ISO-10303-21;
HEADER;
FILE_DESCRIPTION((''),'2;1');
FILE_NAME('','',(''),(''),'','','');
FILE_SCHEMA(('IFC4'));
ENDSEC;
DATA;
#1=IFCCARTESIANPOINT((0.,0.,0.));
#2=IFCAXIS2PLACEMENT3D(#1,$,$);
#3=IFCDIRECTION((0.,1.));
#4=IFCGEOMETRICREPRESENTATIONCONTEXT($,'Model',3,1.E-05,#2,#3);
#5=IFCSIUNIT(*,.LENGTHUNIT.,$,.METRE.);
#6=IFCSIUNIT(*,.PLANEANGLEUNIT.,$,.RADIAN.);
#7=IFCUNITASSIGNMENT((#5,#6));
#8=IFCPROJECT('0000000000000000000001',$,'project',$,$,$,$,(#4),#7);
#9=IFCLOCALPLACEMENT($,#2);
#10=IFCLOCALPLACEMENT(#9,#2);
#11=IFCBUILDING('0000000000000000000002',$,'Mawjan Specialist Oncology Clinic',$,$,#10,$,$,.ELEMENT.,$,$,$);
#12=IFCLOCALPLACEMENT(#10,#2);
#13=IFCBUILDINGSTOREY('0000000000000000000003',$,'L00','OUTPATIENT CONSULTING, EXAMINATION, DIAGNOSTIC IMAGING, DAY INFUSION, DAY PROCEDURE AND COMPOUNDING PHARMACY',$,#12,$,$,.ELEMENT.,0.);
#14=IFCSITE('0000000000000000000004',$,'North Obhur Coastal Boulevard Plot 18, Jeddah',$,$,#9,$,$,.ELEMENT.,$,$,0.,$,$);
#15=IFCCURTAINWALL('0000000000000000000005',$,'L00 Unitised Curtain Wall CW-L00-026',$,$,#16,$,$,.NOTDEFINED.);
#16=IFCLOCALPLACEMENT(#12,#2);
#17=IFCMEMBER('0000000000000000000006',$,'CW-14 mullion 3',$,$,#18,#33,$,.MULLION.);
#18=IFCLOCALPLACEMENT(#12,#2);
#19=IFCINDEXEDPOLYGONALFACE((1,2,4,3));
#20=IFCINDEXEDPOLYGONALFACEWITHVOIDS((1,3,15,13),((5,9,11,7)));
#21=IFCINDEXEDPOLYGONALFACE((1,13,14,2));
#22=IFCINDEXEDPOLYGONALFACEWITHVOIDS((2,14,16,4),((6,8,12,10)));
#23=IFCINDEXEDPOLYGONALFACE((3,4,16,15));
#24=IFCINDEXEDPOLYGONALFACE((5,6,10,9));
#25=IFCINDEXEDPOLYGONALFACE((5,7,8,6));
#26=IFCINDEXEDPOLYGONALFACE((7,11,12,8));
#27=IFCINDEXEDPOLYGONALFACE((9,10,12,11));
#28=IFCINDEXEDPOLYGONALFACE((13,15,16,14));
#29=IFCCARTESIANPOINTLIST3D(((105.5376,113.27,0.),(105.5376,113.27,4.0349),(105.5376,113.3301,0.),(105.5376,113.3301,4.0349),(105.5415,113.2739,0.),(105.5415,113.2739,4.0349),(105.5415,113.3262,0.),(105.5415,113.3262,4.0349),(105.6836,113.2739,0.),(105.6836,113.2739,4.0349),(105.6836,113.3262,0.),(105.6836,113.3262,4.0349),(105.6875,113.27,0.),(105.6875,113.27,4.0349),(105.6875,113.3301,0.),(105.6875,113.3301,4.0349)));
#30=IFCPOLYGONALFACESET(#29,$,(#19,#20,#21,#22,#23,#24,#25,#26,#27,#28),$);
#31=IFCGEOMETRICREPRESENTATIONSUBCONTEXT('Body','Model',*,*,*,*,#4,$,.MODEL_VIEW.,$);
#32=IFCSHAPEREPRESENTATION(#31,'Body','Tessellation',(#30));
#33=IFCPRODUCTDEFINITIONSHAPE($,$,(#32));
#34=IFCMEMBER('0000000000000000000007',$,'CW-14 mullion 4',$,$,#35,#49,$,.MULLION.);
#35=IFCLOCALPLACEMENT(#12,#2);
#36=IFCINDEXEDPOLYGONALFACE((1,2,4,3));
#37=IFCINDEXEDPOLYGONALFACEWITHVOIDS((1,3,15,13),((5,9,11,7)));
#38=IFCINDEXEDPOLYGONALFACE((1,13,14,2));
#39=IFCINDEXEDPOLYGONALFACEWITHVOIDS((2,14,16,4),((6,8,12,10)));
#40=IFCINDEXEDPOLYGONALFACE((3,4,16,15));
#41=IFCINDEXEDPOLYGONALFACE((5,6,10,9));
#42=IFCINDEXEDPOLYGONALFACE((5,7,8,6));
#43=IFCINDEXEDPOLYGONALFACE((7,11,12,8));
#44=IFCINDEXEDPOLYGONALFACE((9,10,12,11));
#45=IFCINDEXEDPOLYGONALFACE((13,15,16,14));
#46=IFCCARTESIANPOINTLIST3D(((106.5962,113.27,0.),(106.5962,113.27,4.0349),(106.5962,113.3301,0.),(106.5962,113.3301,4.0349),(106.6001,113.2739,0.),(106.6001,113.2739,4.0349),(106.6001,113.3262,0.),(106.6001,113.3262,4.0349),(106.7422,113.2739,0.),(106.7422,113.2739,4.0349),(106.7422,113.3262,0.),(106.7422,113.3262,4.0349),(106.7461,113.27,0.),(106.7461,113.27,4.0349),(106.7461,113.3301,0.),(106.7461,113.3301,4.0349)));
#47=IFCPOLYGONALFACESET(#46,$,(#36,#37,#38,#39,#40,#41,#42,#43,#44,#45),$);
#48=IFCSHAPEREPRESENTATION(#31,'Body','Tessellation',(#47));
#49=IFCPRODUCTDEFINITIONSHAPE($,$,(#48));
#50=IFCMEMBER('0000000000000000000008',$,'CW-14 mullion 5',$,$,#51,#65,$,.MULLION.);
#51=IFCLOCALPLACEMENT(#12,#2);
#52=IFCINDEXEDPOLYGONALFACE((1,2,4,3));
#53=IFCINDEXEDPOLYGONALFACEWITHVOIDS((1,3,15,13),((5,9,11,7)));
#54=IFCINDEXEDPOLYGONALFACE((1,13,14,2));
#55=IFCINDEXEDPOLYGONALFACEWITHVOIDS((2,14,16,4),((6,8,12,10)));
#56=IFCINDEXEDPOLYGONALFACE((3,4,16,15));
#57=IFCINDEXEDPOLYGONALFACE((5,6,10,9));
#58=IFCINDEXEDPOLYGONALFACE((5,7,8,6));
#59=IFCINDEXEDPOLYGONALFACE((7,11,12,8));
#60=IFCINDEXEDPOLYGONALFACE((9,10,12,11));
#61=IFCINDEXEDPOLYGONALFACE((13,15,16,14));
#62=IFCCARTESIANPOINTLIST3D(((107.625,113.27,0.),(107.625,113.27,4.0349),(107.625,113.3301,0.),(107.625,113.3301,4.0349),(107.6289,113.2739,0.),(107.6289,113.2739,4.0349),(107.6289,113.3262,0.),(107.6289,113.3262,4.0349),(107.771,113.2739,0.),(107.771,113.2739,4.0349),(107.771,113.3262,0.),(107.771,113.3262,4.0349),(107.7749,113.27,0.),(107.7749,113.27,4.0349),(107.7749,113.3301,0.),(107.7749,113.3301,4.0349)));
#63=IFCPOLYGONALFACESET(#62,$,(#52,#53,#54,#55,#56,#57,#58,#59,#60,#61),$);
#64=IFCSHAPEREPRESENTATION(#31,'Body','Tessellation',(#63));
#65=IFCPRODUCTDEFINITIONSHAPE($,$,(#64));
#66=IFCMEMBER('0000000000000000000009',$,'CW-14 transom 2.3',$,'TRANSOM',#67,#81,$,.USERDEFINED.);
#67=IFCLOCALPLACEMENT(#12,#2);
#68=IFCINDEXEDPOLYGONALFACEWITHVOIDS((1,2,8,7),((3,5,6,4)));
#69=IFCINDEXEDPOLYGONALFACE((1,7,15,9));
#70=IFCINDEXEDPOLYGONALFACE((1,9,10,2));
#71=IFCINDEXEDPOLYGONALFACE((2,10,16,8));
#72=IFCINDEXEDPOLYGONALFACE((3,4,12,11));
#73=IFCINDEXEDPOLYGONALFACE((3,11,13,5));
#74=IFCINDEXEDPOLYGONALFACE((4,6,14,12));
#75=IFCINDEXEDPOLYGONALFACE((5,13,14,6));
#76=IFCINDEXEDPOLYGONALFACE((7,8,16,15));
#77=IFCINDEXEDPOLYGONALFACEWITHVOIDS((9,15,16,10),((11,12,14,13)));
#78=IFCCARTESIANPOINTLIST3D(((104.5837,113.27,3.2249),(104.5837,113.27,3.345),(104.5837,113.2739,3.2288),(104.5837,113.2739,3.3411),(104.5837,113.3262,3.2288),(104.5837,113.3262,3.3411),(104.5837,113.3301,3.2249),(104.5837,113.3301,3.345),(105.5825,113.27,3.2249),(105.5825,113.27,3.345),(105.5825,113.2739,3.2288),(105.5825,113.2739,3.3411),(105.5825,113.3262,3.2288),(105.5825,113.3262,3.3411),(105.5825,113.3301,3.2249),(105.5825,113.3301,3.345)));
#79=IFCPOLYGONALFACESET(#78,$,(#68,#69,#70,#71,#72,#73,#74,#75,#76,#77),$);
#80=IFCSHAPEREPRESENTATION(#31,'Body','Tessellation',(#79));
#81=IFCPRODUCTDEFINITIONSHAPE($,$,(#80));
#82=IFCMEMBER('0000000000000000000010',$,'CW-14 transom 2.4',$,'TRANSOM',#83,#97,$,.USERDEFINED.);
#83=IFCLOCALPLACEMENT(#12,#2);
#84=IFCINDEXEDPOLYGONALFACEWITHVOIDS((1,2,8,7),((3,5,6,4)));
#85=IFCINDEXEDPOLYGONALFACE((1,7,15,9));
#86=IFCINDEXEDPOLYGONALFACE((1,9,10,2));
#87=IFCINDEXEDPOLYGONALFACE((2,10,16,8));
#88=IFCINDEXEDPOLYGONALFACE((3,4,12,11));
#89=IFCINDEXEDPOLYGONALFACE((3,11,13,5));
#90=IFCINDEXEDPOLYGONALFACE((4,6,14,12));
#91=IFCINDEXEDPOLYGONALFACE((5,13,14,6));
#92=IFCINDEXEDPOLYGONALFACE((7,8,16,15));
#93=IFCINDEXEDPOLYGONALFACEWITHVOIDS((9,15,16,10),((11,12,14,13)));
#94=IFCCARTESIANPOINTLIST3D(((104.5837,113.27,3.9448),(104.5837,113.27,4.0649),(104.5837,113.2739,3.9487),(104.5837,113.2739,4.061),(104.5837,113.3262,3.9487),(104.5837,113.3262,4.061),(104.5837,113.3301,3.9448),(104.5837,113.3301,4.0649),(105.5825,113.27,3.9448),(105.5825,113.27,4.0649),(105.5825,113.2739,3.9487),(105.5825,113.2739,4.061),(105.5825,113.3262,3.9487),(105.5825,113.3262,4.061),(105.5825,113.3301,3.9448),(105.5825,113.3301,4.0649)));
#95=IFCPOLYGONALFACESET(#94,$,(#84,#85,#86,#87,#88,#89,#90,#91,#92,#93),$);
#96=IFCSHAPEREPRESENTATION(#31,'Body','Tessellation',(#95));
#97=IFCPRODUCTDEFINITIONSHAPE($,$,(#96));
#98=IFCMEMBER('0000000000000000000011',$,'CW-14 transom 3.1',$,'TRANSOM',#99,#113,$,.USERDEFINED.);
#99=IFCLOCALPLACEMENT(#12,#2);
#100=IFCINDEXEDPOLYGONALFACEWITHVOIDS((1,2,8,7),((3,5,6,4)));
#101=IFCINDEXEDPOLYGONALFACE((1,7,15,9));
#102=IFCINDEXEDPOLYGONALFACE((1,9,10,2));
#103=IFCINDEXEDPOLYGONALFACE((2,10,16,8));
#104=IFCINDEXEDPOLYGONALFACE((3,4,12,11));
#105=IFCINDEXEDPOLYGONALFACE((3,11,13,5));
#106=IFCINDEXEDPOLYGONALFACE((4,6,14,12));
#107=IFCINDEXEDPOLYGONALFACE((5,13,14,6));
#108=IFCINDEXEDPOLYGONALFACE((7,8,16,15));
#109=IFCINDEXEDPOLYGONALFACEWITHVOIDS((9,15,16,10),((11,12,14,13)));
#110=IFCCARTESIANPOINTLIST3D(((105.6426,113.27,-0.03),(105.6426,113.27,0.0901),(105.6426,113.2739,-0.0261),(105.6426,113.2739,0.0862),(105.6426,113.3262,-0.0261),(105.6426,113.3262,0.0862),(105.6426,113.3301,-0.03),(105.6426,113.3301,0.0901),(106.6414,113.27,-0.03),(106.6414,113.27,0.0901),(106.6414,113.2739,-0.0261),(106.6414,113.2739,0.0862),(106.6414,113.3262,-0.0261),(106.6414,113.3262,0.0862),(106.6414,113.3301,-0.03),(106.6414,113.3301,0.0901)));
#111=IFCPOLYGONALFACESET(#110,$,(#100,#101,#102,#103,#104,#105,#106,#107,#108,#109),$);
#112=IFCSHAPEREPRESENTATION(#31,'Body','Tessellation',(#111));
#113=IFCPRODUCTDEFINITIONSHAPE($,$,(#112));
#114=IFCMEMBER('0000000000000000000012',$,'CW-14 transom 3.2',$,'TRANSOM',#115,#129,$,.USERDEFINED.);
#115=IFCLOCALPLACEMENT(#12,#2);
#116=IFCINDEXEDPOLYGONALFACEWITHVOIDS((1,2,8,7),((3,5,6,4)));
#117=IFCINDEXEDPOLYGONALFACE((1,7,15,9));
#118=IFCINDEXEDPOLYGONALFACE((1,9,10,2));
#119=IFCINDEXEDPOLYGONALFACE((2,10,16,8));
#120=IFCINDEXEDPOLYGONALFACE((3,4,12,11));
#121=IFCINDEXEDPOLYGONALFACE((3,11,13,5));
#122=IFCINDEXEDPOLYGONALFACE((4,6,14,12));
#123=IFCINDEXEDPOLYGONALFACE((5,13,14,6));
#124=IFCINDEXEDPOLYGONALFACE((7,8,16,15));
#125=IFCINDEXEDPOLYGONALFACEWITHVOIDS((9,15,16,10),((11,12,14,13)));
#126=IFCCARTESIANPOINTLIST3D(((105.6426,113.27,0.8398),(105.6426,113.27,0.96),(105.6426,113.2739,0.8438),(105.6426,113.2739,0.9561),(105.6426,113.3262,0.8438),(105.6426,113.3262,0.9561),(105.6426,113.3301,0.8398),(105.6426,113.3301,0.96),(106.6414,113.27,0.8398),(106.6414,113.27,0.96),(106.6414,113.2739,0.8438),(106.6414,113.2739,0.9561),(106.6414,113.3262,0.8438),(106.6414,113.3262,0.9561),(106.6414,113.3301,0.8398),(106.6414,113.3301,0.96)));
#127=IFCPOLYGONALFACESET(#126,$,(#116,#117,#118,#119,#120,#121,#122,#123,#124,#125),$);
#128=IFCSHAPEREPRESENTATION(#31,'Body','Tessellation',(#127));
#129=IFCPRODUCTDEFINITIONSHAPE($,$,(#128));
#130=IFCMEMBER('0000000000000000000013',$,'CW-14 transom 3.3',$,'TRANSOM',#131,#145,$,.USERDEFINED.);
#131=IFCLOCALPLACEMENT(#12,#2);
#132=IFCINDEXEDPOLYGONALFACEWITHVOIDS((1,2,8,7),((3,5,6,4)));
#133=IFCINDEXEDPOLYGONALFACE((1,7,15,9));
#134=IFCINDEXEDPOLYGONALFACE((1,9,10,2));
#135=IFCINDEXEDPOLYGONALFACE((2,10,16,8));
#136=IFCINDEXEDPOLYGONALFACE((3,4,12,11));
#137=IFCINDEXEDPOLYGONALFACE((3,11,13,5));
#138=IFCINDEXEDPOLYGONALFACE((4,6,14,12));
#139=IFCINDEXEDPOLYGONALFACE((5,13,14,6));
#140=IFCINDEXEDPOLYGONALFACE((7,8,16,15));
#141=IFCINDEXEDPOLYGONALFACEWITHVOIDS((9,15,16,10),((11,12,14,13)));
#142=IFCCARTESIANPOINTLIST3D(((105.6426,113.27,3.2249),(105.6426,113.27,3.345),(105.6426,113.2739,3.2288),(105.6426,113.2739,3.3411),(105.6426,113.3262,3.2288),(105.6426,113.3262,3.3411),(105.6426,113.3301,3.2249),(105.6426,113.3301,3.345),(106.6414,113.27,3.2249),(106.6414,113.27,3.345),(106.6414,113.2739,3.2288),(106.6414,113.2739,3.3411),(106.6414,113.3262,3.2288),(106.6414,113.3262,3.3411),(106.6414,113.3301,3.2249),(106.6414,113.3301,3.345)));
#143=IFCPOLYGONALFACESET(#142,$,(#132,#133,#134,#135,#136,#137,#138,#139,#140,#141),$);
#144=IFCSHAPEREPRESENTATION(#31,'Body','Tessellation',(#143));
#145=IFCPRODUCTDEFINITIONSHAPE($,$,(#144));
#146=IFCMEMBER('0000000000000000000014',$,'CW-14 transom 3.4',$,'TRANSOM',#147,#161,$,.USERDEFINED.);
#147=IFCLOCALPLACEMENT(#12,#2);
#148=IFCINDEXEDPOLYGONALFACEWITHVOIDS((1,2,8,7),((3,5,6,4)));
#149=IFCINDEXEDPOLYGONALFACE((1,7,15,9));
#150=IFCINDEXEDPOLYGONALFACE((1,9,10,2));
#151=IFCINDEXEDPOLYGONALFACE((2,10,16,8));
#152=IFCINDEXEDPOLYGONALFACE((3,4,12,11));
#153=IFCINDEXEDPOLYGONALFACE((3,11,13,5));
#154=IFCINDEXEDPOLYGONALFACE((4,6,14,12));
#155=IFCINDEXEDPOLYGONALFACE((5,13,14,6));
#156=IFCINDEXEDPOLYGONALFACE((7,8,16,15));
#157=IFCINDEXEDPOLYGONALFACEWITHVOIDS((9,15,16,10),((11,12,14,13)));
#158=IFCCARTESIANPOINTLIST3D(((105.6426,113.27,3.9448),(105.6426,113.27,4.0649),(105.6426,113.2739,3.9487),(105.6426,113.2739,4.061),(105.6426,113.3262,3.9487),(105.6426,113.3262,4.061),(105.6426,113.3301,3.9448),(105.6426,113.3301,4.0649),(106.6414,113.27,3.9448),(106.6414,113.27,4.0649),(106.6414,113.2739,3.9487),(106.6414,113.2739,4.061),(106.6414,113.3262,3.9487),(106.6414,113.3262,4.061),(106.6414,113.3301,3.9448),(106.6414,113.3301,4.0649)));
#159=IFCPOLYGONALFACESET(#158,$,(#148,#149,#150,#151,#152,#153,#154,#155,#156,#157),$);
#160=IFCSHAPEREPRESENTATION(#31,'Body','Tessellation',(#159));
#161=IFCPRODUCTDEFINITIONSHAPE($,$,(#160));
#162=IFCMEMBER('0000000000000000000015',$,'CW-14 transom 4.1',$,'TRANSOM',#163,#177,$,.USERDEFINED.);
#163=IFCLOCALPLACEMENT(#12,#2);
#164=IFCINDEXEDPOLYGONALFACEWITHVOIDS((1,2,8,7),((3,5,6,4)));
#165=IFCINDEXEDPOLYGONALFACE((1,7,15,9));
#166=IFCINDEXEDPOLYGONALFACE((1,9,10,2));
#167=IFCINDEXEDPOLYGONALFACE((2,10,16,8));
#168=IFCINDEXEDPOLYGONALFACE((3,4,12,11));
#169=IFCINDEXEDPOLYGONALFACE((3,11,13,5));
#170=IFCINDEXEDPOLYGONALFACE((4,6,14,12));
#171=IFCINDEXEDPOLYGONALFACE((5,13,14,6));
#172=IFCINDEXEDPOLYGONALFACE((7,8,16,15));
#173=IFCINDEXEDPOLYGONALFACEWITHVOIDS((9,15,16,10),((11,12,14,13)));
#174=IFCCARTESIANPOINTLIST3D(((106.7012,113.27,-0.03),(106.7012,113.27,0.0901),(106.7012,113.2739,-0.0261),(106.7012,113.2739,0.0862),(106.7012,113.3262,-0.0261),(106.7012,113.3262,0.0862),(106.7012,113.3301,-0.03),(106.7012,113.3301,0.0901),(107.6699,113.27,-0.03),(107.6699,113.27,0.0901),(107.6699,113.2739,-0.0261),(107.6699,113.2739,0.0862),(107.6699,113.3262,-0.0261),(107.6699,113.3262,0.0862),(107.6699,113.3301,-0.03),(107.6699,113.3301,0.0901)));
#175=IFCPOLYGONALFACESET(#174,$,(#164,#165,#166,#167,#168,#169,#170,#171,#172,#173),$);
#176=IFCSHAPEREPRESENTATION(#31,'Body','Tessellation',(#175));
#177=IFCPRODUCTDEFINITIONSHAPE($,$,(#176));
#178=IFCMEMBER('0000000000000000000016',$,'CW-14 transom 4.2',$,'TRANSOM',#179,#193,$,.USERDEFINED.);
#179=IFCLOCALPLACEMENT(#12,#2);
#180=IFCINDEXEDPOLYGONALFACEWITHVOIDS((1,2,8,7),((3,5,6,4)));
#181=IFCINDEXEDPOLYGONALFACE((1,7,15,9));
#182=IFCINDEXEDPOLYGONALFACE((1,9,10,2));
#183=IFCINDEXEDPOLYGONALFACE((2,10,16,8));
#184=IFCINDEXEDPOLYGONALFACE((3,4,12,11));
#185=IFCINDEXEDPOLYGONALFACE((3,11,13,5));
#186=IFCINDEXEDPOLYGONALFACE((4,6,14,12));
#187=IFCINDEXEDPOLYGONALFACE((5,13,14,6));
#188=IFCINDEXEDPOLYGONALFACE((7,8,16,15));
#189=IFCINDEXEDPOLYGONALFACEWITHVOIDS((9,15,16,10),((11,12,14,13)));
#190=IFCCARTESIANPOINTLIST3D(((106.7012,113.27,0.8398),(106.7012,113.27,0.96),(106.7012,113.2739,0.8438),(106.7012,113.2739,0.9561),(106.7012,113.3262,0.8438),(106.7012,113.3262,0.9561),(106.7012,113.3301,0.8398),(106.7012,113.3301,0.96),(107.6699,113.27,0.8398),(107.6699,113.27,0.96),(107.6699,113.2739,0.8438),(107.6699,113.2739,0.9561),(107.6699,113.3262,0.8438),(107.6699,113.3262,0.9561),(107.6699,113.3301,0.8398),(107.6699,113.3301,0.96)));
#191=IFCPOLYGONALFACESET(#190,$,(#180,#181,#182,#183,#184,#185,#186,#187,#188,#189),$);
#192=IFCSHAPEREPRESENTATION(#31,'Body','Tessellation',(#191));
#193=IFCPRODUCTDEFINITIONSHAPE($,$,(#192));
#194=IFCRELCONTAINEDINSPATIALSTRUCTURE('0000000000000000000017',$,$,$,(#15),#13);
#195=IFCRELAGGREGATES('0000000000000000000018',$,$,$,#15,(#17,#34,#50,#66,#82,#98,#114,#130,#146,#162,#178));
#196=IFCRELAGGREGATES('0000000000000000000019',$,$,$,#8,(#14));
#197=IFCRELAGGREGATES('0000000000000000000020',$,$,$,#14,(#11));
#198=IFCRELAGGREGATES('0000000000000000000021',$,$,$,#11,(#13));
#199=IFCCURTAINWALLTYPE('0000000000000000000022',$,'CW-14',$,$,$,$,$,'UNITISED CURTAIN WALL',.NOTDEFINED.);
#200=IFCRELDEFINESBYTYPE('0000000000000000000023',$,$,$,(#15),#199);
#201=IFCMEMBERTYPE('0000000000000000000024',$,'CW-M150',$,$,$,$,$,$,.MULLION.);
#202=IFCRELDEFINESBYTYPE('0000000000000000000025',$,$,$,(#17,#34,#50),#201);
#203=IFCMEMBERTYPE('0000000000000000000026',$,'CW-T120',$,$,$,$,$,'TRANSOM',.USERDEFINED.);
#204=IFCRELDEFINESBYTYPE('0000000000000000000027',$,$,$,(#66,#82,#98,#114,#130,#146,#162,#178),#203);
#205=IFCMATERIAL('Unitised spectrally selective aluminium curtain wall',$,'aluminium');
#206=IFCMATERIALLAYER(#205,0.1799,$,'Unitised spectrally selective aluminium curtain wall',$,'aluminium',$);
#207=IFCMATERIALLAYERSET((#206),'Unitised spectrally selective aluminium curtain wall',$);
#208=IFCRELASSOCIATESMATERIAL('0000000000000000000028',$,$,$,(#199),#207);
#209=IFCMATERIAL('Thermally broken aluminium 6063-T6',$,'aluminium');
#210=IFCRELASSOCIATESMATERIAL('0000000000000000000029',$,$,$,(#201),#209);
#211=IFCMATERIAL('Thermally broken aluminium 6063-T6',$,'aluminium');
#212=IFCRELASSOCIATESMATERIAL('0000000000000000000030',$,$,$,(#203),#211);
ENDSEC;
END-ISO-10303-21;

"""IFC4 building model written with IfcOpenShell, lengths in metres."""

from ifc_helpers import new_model, si_unit, direction, frame, origin, origin_2d, place, context, subcontext, project, spatial, hollow_rectangle, extrude, material, layer, layer_set, material_profile, profile_set, type_object, element, aggregate, save


model = new_model("IFC4")

# Units and contexts
model_context = context("Model", 3, precision=1e-05, world=origin(), true_north=direction((0.0, 1.0)))
body_context = subcontext(model_context, "Body", "Model", "MODEL_VIEW")
ifc_project = project(units=[si_unit("LENGTHUNIT", "METRE"), si_unit("PLANEANGLEUNIT", "RADIAN")], contexts=[model_context])

# Site, building, storey
site_placement = place(None, origin())
site = spatial("IfcSite", under=ifc_project, at=site_placement, Name="North Obhur Coastal Boulevard Plot 18, Jeddah", CompositionType="ELEMENT", RefElevation=0.0)
building_placement = place(site_placement, origin())
building = spatial("IfcBuilding", under=site, at=building_placement, Name="Mawjan Specialist Oncology Clinic", CompositionType="ELEMENT")
storey_placement = place(building_placement, origin())
storey = spatial("IfcBuildingStorey", under=building, at=storey_placement, Name="L00", Description="OUTPATIENT CONSULTING, EXAMINATION, DIAGNOSTIC IMAGING, DAY INFUSION, DAY PROCEDURE AND COMPOUNDING PHARMACY", CompositionType="ELEMENT", Elevation=0.0)

# Curtain wall, members
ifc_material_1 = material(Name="Unitised spectrally selective aluminium curtain wall", Category="aluminium")
ifc_layer_1 = layer(ifc_material_1, 0.1799, Name="Unitised spectrally selective aluminium curtain wall", Category="aluminium")
ifc_layer_set_1 = layer_set([ifc_layer_1], Name="Unitised spectrally selective aluminium curtain wall")
curtain_wall_type = type_object("IfcCurtainWallType", Name="CW-14", ElementType="UNITISED CURTAIN WALL", PredefinedType="NOTDEFINED", material=ifc_layer_set_1)
curtain_wall_placement = place(storey_placement, origin())
curtain_wall = element("IfcCurtainWall", 1, at=curtain_wall_placement, inside=storey, type_object=curtain_wall_type, Name="L00 Unitised Curtain Wall CW-L00-026", PredefinedType="NOTDEFINED")
ifc_material_2 = material(Name="Thermally broken aluminium 6063-T6", Category="aluminium")
ifc_material_profile_1 = material_profile(ifc_material_2, hollow_rectangle(XDim=0.0601, YDim=0.1499, WallThickness=0.0039, at=origin_2d()), Name="ALU MULLION 150x60x4", Category="aluminium")
ifc_profile_set_1 = profile_set([ifc_material_profile_1], Name="Thermally broken aluminium 6063-T6")
member_type_1 = type_object("IfcMemberType", Name="CW-M150", PredefinedType="MULLION", material=ifc_profile_set_1)
member_1_placement = place(storey_placement, frame((105.6125, 113.3, 0.0), z_axis=(0.0, 0.0, 1.0), x_axis=(0.0, 1.0, 0.0)))
member_1 = element("IfcMember", 2, at=member_1_placement, type_object=member_type_1, Name="CW-14 mullion 3", PredefinedType="MULLION", context=body_context, shape_type="SweptSolid", body=[
    extrude(hollow_rectangle(XDim=0.0601, YDim=0.1499, WallThickness=0.0039, at=origin_2d()), origin(), (0.0, 0.0, 1.0), 4.0349),
])
member_2_placement = place(storey_placement, frame((106.6711, 113.3, 0.0), z_axis=(0.0, 0.0, 1.0), x_axis=(0.0, 1.0, 0.0)))
member_2 = element("IfcMember", 3, at=member_2_placement, type_object=member_type_1, Name="CW-14 mullion 4", PredefinedType="MULLION", context=body_context, shape_type="SweptSolid", body=[
    extrude(hollow_rectangle(XDim=0.0601, YDim=0.1499, WallThickness=0.0039, at=origin_2d()), origin(), (0.0, 0.0, 1.0), 4.0349),
])
member_3_placement = place(storey_placement, frame((107.7, 113.3, 0.0), z_axis=(0.0, 0.0, 1.0), x_axis=(0.0, 1.0, 0.0)))
member_3 = element("IfcMember", 4, at=member_3_placement, type_object=member_type_1, Name="CW-14 mullion 5", PredefinedType="MULLION", context=body_context, shape_type="SweptSolid", body=[
    extrude(hollow_rectangle(XDim=0.0601, YDim=0.1499, WallThickness=0.0039, at=origin_2d()), origin(), (0.0, 0.0, 1.0), 4.0349),
])
ifc_material_3 = material(Name="Thermally broken aluminium 6063-T6", Category="aluminium")
ifc_material_profile_2 = material_profile(ifc_material_3, hollow_rectangle(XDim=0.0601, YDim=0.1201, WallThickness=0.0039, at=origin_2d()), Name="ALU TRANSOM 120x60x4", Category="aluminium")
ifc_profile_set_2 = profile_set([ifc_material_profile_2], Name="Thermally broken aluminium 6063-T6")
member_type_2 = type_object("IfcMemberType", Name="CW-T120", ElementType="TRANSOM", PredefinedType="USERDEFINED", material=ifc_profile_set_2)
member_4_placement = place(storey_placement, frame((104.5837, 113.3, 3.2849), z_axis=(1.0, 0.0, 0.0), x_axis=(0.0, 1.0, 0.0)))
member_4 = element("IfcMember", 5, at=member_4_placement, type_object=member_type_2, Name="CW-14 transom 2.3", ObjectType="TRANSOM", PredefinedType="USERDEFINED", context=body_context, shape_type="SweptSolid", body=[
    extrude(hollow_rectangle(XDim=0.0601, YDim=0.1201, WallThickness=0.0039, at=origin_2d()), origin(), (0.0, 0.0, 1.0), 0.9988),
])
member_5_placement = place(storey_placement, frame((104.5837, 113.3, 4.0049), z_axis=(1.0, 0.0, 0.0), x_axis=(0.0, 1.0, 0.0)))
member_5 = element("IfcMember", 6, at=member_5_placement, type_object=member_type_2, Name="CW-14 transom 2.4", ObjectType="TRANSOM", PredefinedType="USERDEFINED", context=body_context, shape_type="SweptSolid", body=[
    extrude(hollow_rectangle(XDim=0.0601, YDim=0.1201, WallThickness=0.0039, at=origin_2d()), origin(), (0.0, 0.0, 1.0), 0.9988),
])
member_6_placement = place(storey_placement, frame((105.6426, 113.3, 0.03), z_axis=(1.0, 0.0, 0.0), x_axis=(0.0, 1.0, 0.0)))
member_6 = element("IfcMember", 7, at=member_6_placement, type_object=member_type_2, Name="CW-14 transom 3.1", ObjectType="TRANSOM", PredefinedType="USERDEFINED", context=body_context, shape_type="SweptSolid", body=[
    extrude(hollow_rectangle(XDim=0.0601, YDim=0.1201, WallThickness=0.0039, at=origin_2d()), origin(), (0.0, 0.0, 1.0), 0.9988),
])
member_7_placement = place(storey_placement, frame((105.6426, 113.3, 0.8999), z_axis=(1.0, 0.0, 0.0), x_axis=(0.0, 1.0, 0.0)))
member_7 = element("IfcMember", 8, at=member_7_placement, type_object=member_type_2, Name="CW-14 transom 3.2", ObjectType="TRANSOM", PredefinedType="USERDEFINED", context=body_context, shape_type="SweptSolid", body=[
    extrude(hollow_rectangle(XDim=0.0601, YDim=0.1201, WallThickness=0.0039, at=origin_2d()), origin(), (0.0, 0.0, 1.0), 0.9988),
])
member_8_placement = place(storey_placement, frame((105.6426, 113.3, 3.2849), z_axis=(1.0, 0.0, 0.0), x_axis=(0.0, 1.0, 0.0)))
member_8 = element("IfcMember", 9, at=member_8_placement, type_object=member_type_2, Name="CW-14 transom 3.3", ObjectType="TRANSOM", PredefinedType="USERDEFINED", context=body_context, shape_type="SweptSolid", body=[
    extrude(hollow_rectangle(XDim=0.0601, YDim=0.1201, WallThickness=0.0039, at=origin_2d()), origin(), (0.0, 0.0, 1.0), 0.9988),
])
member_9_placement = place(storey_placement, frame((105.6426, 113.3, 4.0049), z_axis=(1.0, 0.0, 0.0), x_axis=(0.0, 1.0, 0.0)))
member_9 = element("IfcMember", 10, at=member_9_placement, type_object=member_type_2, Name="CW-14 transom 3.4", ObjectType="TRANSOM", PredefinedType="USERDEFINED", context=body_context, shape_type="SweptSolid", body=[
    extrude(hollow_rectangle(XDim=0.0601, YDim=0.1201, WallThickness=0.0039, at=origin_2d()), origin(), (0.0, 0.0, 1.0), 0.9988),
])
member_10_placement = place(storey_placement, frame((106.7012, 113.3, 0.03), z_axis=(1.0, 0.0, 0.0), x_axis=(0.0, 1.0, 0.0)))
member_10 = element("IfcMember", 11, at=member_10_placement, type_object=member_type_2, Name="CW-14 transom 4.1", ObjectType="TRANSOM", PredefinedType="USERDEFINED", context=body_context, shape_type="SweptSolid", body=[
    extrude(hollow_rectangle(XDim=0.0601, YDim=0.1201, WallThickness=0.0039, at=origin_2d()), origin(), (0.0, 0.0, 1.0), 0.9688),
])
member_11_placement = place(storey_placement, frame((106.7012, 113.3, 0.8999), z_axis=(1.0, 0.0, 0.0), x_axis=(0.0, 1.0, 0.0)))
member_11 = element("IfcMember", 12, at=member_11_placement, type_object=member_type_2, Name="CW-14 transom 4.2", ObjectType="TRANSOM", PredefinedType="USERDEFINED", context=body_context, shape_type="SweptSolid", body=[
    extrude(hollow_rectangle(XDim=0.0601, YDim=0.1201, WallThickness=0.0039, at=origin_2d()), origin(), (0.0, 0.0, 1.0), 0.9688),
])
aggregate(curtain_wall, [member_1, member_2, member_3, member_4, member_5, member_6, member_7, member_8, member_9, member_10, member_11])

save(model, "model.ifc")
